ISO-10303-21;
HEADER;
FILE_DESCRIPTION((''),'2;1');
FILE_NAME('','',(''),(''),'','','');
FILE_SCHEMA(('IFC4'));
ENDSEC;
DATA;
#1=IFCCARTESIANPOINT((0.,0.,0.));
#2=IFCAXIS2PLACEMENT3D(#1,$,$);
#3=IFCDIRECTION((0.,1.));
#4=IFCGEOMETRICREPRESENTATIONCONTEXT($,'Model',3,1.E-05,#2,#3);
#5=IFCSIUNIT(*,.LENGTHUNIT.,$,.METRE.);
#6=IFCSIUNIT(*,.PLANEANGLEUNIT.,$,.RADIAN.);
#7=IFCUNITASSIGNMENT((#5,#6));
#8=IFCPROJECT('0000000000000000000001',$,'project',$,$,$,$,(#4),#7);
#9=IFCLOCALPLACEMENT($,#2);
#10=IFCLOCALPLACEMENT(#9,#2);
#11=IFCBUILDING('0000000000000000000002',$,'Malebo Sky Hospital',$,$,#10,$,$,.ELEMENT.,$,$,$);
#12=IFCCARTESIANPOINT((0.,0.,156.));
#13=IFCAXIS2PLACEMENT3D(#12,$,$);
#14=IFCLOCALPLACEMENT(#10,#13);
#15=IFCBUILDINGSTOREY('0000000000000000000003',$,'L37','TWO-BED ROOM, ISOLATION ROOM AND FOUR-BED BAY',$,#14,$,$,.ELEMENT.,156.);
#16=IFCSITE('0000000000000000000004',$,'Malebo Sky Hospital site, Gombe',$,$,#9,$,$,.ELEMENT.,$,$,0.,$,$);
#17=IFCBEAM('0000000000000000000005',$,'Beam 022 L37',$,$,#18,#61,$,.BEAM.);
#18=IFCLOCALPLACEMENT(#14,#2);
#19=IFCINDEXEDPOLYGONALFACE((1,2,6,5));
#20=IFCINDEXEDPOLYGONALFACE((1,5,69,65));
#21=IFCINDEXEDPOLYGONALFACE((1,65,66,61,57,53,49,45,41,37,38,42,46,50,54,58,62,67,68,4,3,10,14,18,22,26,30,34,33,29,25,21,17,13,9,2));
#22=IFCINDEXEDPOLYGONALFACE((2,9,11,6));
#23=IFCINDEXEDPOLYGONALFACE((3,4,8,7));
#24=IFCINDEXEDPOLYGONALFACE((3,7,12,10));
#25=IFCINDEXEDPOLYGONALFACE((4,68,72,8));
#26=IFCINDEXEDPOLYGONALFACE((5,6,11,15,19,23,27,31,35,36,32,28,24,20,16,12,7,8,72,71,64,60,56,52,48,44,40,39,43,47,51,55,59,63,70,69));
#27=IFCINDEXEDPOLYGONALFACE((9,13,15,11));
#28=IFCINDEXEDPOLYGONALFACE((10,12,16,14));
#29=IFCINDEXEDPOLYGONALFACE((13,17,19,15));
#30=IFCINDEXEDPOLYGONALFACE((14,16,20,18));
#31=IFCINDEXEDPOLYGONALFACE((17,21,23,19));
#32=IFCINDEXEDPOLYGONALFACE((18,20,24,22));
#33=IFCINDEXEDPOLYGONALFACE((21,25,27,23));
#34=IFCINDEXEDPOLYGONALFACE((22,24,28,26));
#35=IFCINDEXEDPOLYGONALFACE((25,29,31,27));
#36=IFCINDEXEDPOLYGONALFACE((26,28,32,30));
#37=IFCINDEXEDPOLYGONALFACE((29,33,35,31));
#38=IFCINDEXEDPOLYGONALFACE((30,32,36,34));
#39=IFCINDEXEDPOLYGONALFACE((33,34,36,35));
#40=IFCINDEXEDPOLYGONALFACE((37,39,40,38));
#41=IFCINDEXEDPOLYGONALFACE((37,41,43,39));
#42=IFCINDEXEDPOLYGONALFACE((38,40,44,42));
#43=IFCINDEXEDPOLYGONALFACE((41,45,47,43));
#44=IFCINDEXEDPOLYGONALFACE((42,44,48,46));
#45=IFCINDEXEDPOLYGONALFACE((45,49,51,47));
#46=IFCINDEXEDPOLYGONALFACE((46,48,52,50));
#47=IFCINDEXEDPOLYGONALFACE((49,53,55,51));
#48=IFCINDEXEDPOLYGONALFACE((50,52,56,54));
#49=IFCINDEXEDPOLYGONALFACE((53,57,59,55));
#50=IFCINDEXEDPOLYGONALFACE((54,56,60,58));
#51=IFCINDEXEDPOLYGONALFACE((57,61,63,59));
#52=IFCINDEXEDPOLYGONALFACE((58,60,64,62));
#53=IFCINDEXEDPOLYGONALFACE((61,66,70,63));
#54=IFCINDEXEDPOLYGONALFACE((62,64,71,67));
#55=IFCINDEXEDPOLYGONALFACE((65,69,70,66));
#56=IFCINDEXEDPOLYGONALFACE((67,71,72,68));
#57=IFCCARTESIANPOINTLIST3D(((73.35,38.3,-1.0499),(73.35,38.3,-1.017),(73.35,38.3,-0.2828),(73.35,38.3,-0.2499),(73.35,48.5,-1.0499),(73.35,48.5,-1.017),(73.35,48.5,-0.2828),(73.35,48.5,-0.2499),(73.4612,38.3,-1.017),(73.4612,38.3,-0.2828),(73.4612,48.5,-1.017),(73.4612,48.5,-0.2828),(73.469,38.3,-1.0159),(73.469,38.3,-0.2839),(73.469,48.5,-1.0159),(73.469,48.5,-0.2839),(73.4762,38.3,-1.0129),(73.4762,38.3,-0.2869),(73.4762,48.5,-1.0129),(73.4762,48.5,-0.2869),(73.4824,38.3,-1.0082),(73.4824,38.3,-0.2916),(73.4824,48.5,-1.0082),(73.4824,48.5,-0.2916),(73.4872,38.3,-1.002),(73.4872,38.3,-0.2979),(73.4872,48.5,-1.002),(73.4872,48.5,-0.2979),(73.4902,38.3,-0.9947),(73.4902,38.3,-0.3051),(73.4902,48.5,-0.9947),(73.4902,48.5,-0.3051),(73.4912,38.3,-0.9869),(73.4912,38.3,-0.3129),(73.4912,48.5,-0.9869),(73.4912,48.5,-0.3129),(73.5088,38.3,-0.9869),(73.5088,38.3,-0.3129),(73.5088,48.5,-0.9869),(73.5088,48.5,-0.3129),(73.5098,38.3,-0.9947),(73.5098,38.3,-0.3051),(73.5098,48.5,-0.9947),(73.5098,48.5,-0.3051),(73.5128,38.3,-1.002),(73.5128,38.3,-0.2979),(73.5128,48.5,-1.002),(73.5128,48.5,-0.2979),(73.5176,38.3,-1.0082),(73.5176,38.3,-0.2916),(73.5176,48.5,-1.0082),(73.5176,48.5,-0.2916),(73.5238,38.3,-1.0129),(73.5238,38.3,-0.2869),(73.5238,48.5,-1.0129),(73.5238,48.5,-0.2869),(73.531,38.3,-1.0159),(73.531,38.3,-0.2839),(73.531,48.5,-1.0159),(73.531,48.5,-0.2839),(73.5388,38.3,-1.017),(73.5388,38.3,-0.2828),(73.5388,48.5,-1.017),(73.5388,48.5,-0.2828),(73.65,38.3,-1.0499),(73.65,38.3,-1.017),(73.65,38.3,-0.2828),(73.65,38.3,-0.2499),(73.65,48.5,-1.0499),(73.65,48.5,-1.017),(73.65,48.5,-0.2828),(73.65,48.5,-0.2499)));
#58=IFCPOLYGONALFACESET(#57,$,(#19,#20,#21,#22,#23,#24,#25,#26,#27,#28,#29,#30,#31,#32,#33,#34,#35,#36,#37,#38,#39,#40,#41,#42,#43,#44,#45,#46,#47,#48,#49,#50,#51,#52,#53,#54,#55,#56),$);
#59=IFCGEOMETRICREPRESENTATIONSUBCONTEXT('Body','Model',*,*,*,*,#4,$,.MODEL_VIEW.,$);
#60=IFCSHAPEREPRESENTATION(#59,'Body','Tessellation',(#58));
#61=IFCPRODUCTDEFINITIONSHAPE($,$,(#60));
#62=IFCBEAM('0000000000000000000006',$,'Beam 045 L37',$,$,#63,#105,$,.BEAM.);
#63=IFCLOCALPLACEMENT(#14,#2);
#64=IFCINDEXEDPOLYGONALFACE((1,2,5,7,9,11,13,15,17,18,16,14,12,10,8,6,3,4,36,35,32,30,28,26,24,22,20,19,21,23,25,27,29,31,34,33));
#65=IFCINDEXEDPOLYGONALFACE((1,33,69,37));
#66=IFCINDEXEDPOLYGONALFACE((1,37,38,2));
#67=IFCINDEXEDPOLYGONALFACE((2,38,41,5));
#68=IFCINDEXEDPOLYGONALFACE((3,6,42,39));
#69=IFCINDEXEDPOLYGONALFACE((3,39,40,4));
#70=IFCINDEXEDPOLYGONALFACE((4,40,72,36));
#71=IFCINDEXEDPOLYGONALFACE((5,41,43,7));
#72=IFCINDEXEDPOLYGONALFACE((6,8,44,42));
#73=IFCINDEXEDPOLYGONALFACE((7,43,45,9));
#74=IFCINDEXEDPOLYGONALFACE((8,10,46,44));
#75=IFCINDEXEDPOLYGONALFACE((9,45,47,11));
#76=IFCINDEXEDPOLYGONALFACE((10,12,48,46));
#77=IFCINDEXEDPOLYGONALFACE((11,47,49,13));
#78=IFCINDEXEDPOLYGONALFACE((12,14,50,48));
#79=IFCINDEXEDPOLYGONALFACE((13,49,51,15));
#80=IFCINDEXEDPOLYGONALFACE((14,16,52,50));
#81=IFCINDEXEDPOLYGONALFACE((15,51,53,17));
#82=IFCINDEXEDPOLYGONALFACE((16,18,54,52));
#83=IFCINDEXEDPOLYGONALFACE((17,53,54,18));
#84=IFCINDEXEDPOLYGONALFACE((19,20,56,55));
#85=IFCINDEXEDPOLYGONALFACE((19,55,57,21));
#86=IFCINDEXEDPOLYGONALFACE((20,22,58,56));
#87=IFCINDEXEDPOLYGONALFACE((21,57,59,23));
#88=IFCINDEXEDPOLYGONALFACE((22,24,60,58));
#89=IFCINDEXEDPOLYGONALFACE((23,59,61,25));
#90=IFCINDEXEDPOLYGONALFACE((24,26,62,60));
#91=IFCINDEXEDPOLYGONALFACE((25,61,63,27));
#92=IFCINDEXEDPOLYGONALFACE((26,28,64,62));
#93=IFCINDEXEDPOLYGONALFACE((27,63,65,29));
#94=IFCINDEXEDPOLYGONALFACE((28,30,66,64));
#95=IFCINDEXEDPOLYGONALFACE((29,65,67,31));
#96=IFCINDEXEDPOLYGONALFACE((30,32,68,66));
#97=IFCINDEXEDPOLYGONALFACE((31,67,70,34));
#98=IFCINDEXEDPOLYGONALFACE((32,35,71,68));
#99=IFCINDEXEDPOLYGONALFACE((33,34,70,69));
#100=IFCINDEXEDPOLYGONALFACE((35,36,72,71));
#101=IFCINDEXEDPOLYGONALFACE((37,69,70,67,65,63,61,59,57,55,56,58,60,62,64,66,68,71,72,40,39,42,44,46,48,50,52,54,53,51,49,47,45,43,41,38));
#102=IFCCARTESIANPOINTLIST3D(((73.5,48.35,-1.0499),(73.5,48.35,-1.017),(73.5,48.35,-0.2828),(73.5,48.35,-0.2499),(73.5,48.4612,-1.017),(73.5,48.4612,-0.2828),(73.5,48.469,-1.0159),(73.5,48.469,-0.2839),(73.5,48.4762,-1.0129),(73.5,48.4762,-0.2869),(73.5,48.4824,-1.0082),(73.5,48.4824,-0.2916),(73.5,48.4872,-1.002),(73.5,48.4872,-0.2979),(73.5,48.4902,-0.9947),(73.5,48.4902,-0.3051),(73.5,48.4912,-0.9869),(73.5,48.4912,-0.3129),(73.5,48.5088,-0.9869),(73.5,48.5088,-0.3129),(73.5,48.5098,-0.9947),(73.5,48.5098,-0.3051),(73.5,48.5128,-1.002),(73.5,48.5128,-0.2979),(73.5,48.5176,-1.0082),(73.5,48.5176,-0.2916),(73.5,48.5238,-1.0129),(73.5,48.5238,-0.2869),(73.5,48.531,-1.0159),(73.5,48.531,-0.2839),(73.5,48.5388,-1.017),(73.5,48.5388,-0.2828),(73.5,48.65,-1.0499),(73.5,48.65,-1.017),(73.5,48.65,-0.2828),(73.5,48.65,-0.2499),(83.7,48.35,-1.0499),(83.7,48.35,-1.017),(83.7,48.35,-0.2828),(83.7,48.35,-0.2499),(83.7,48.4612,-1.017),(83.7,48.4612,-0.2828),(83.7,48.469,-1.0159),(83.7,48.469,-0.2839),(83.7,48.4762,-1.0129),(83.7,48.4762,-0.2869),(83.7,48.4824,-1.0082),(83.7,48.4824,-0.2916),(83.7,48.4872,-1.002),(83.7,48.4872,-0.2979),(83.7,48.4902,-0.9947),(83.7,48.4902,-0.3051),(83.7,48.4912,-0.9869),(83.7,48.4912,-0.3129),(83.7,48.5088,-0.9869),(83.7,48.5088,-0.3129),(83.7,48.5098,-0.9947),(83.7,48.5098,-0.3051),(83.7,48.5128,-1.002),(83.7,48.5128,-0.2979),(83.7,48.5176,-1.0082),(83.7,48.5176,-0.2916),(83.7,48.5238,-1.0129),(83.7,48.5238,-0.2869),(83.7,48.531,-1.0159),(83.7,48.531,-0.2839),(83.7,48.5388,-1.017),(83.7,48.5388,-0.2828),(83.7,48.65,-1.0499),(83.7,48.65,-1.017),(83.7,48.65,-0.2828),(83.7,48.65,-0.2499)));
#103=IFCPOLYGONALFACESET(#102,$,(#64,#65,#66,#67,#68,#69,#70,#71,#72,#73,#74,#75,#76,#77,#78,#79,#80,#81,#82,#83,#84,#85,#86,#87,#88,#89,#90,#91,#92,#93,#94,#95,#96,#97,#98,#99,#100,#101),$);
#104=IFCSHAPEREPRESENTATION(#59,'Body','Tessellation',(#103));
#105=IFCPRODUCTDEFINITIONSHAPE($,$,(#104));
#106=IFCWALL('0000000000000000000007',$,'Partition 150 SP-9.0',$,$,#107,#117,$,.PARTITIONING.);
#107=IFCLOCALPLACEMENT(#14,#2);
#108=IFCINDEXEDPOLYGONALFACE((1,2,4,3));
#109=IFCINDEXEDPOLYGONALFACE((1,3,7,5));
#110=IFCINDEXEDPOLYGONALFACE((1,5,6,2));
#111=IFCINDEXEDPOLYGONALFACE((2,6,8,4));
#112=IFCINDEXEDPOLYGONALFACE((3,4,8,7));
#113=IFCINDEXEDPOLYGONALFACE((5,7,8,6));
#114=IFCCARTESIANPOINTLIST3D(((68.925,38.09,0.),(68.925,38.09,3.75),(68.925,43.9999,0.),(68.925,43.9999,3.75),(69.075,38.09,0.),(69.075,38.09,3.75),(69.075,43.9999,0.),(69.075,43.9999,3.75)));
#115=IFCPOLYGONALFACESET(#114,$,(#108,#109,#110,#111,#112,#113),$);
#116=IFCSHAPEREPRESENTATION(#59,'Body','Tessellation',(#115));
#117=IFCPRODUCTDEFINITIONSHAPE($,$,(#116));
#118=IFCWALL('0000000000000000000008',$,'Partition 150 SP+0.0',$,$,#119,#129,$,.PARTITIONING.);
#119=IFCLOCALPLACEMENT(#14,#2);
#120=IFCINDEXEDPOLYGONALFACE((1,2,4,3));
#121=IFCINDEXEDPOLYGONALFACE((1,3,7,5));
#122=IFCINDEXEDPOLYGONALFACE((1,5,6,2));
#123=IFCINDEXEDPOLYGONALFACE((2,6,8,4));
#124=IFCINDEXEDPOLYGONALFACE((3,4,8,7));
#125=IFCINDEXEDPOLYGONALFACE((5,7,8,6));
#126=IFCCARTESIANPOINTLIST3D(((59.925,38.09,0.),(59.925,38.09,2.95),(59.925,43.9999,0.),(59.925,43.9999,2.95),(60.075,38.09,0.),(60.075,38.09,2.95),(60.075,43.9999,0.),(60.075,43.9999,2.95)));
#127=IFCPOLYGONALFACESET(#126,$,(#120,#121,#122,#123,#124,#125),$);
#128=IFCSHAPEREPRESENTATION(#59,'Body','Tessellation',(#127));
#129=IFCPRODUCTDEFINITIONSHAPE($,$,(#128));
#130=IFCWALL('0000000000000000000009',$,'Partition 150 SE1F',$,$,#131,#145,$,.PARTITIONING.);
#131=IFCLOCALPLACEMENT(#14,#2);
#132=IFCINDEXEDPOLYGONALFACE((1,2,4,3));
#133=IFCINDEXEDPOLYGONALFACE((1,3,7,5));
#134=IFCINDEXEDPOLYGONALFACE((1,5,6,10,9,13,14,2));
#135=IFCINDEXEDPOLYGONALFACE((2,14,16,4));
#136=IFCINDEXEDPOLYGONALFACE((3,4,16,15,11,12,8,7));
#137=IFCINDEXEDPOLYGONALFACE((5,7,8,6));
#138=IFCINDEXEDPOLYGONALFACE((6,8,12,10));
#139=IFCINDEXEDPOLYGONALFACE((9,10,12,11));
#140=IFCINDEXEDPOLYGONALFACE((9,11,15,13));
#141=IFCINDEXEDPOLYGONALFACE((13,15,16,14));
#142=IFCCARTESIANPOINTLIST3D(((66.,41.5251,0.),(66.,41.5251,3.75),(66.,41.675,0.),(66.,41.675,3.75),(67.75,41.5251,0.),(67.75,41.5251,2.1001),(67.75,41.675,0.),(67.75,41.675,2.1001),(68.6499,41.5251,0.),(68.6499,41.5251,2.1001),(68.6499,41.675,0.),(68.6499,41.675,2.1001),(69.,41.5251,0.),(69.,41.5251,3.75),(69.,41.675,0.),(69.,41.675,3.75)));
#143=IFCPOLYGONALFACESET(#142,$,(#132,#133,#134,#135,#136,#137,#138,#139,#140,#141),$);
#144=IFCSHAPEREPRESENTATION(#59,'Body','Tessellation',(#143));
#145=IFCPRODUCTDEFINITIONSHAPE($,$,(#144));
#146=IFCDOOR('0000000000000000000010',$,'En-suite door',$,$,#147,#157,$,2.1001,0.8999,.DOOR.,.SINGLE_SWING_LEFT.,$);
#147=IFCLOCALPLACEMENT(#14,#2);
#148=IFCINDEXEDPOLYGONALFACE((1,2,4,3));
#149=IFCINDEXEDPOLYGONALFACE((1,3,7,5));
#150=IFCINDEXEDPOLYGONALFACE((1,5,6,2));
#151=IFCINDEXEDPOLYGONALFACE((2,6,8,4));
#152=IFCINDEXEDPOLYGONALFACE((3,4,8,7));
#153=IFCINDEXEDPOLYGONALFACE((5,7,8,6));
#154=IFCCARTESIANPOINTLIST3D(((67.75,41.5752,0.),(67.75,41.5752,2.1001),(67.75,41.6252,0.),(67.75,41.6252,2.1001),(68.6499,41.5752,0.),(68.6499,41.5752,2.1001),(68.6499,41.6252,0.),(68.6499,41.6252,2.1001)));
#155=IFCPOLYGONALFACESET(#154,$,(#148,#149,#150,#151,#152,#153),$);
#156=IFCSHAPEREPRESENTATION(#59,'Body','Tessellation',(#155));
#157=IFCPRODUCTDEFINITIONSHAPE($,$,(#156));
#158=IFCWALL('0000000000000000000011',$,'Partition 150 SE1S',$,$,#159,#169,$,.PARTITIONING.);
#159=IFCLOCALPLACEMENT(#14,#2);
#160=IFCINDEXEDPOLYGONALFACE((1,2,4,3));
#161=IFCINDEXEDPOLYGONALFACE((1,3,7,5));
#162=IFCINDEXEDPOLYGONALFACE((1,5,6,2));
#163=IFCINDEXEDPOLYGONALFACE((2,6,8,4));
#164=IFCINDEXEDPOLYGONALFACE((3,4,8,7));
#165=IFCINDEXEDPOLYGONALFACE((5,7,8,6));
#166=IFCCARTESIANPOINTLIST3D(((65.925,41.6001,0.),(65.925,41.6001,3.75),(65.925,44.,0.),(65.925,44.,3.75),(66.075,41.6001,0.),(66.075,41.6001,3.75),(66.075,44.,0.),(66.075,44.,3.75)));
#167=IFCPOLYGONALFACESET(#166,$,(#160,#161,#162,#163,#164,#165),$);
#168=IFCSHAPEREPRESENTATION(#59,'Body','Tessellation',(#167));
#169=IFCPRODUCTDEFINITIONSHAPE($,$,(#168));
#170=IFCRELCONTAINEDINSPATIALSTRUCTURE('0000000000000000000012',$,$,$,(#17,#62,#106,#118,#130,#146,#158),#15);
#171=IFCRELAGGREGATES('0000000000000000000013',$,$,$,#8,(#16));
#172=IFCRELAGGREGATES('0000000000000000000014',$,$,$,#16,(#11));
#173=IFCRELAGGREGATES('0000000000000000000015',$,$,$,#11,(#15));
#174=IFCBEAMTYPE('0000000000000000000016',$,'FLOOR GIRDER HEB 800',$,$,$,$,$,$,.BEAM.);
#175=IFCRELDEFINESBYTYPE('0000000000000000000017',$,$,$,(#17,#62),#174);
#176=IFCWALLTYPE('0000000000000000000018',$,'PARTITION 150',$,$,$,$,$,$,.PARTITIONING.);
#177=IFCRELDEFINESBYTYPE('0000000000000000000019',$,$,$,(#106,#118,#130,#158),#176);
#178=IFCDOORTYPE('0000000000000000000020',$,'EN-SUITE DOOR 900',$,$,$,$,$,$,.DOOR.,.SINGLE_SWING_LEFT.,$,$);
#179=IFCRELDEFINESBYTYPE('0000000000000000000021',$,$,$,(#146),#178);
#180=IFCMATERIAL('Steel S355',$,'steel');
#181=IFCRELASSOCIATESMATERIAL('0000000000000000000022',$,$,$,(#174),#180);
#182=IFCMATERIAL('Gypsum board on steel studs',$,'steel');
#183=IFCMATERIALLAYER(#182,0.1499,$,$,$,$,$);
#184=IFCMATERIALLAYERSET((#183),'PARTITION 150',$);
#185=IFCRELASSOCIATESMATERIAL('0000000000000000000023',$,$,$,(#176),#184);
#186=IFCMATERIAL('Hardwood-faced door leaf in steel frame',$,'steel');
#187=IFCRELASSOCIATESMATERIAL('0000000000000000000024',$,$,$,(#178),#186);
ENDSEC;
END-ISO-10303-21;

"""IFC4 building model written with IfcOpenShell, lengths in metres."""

from ifc_helpers import new_model, si_unit, direction, frame, frame_2d, origin, origin_2d, place, context, subcontext, project, spatial, rectangle, i_section, extrude, material, layer, layer_set, material_profile, profile_set, type_object, element, fill, save


model = new_model("IFC4")

# Units and contexts
model_context = context("Model", 3, precision=1e-05, world=origin(), true_north=direction((0.0, 1.0)))
body_context = subcontext(model_context, "Body", "Model", "MODEL_VIEW")
ifc_project = project(units=[si_unit("LENGTHUNIT", "METRE"), si_unit("PLANEANGLEUNIT", "RADIAN")], contexts=[model_context])

# Site, building, storey
site_placement = place(None, origin())
site = spatial("IfcSite", under=ifc_project, at=site_placement, Name="Malebo Sky Hospital site, Gombe", CompositionType="ELEMENT", RefElevation=0.0)
building_placement = place(site_placement, origin())
building = spatial("IfcBuilding", under=site, at=building_placement, Name="Malebo Sky Hospital", CompositionType="ELEMENT")
storey_placement = place(building_placement, frame((0.0, 0.0, 156.0)))
storey = spatial("IfcBuildingStorey", under=building, at=storey_placement, Name="L37", Description="TWO-BED ROOM, ISOLATION ROOM AND FOUR-BED BAY", CompositionType="ELEMENT", Elevation=156.0)

# Beams
ifc_material_1 = material(Name="Steel S355", Category="steel")
ifc_material_profile_1 = material_profile(ifc_material_1, i_section(OverallWidth=0.3, OverallDepth=0.8, WebThickness=0.0176, FlangeThickness=0.033, FilletRadius=0.03, at=origin_2d()), Name="HEB 800")
ifc_profile_set_1 = profile_set([ifc_material_profile_1], Name="Steel S355")
beam_type_1 = type_object("IfcBeamType", Name="FLOOR GIRDER HEB 800", PredefinedType="BEAM", material=ifc_profile_set_1)
for number, where, z_axis, x_axis, name in (
    (1, (73.5, 38.3, -0.6499), (0.0, 1.0, 0.0), (-1.0, 0.0, 0.0), "Beam 022 L37"),
    (2, (73.5, 48.5, -0.6499), (1.0, 0.0, 0.0), (0.0, 1.0, 0.0), "Beam 045 L37"),
):
    element("IfcBeam", number, at=place(storey_placement, frame(where, z_axis=z_axis, x_axis=x_axis)), inside=storey, type_object=beam_type_1, Name=name, PredefinedType="BEAM", context=body_context, shape_type="SweptSolid", body=[
        extrude(i_section(OverallWidth=0.3, OverallDepth=0.8, WebThickness=0.0176, FlangeThickness=0.033, FilletRadius=0.03, at=origin_2d()), origin(), (0.0, 0.0, 1.0), 10.2),
    ])

# Walls
ifc_material_2 = material(Name="Gypsum board on steel studs", Category="steel")
ifc_layer = layer(ifc_material_2, 0.1499)
ifc_layer_set = layer_set([ifc_layer], Name="PARTITION 150")
wall_type = type_object("IfcWallType", Name="PARTITION 150", PredefinedType="PARTITIONING", material=ifc_layer_set)
wall_1_placement = place(storey_placement, frame((69.0, 44.0, 0.0), z_axis=(0.0, 0.0, 1.0), x_axis=(0.0, -1.0, 0.0)))
element("IfcWall", 3, at=wall_1_placement, inside=storey, type_object=wall_type, Name="Partition 150 SP-9.0", PredefinedType="PARTITIONING", context=body_context, shape_type="SweptSolid", body=[
    extrude(rectangle(XDim=5.9099, YDim=0.1499, at=frame_2d((2.9551, 0.0))), origin(), (0.0, 0.0, 1.0), 3.75),
])
wall_2_placement = place(storey_placement, frame((60.0, 44.0, 0.0), z_axis=(0.0, 0.0, 1.0), x_axis=(0.0, -1.0, 0.0)))
element("IfcWall", 4, at=wall_2_placement, inside=storey, type_object=wall_type, Name="Partition 150 SP+0.0", PredefinedType="PARTITIONING", context=body_context, shape_type="SweptSolid", body=[
    extrude(rectangle(XDim=5.9099, YDim=0.1499, at=frame_2d((2.9551, 0.0))), origin(), (0.0, 0.0, 1.0), 2.95),
])

# Wall, opening, door
wall_3_placement = place(storey_placement, frame((69.0, 41.6001, 0.0), z_axis=(0.0, 0.0, 1.0), x_axis=(-1.0, 0.0, 0.0)))
wall_3 = element("IfcWall", 5, at=wall_3_placement, inside=storey, type_object=wall_type, Name="Partition 150 SE1F", PredefinedType="PARTITIONING", context=body_context, shape_type="SweptSolid", body=[
    extrude(rectangle(XDim=3.0, YDim=0.1499, at=frame_2d((1.5, 0.0))), origin(), (0.0, 0.0, 1.0), 3.75),
])
opening_1_placement = place(wall_3_placement, frame((0.3501, 0.0, 0.0)))
opening_1 = element("IfcOpeningElement", 6, at=opening_1_placement, cuts=wall_3, PredefinedType="OPENING", context=body_context, shape_type="SweptSolid", body=[
    extrude(rectangle(XDim=0.8999, YDim=2.1001, at=frame_2d((0.45, 1.05))), frame((0.0, 0.085, 0.0), z_axis=(0.0, -1.0, 0.0), x_axis=(1.0, 0.0, 0.0)), (0.0, 0.0, 1.0), 0.1699),
])
ifc_material_3 = material(Name="Hardwood-faced door leaf in steel frame", Category="steel")
door_type = type_object("IfcDoorType", Name="EN-SUITE DOOR 900", OperationType="SINGLE_SWING_LEFT", PredefinedType="DOOR", material=ifc_material_3)
door_1_placement = place(opening_1_placement, origin())
door_1 = element("IfcDoor", 7, at=door_1_placement, inside=storey, type_object=door_type, Name="En-suite door", OperationType="SINGLE_SWING_LEFT", OverallHeight=2.1001, OverallWidth=0.8999, PredefinedType="DOOR", context=body_context, shape_type="SweptSolid", body=[
    extrude(rectangle(XDim=0.8999, YDim=2.1001, at=frame_2d((0.45, 1.05))), frame((0.0, 0.0249, 0.0), z_axis=(0.0, -1.0, 0.0), x_axis=(1.0, 0.0, 0.0)), (0.0, 0.0, 1.0), 0.05),
])
fill(opening_1, door_1)

# Wall
wall_4_placement = place(storey_placement, frame((66.0, 44.0, 0.0), z_axis=(0.0, 0.0, 1.0), x_axis=(0.0, -1.0, 0.0)))
element("IfcWall", 8, at=wall_4_placement, inside=storey, type_object=wall_type, Name="Partition 150 SE1S", PredefinedType="PARTITIONING", context=body_context, shape_type="SweptSolid", body=[
    extrude(rectangle(XDim=2.3999, YDim=0.1499, at=frame_2d((1.2, 0.0))), origin(), (0.0, 0.0, 1.0), 3.75),
])

save(model, "model.ifc")
